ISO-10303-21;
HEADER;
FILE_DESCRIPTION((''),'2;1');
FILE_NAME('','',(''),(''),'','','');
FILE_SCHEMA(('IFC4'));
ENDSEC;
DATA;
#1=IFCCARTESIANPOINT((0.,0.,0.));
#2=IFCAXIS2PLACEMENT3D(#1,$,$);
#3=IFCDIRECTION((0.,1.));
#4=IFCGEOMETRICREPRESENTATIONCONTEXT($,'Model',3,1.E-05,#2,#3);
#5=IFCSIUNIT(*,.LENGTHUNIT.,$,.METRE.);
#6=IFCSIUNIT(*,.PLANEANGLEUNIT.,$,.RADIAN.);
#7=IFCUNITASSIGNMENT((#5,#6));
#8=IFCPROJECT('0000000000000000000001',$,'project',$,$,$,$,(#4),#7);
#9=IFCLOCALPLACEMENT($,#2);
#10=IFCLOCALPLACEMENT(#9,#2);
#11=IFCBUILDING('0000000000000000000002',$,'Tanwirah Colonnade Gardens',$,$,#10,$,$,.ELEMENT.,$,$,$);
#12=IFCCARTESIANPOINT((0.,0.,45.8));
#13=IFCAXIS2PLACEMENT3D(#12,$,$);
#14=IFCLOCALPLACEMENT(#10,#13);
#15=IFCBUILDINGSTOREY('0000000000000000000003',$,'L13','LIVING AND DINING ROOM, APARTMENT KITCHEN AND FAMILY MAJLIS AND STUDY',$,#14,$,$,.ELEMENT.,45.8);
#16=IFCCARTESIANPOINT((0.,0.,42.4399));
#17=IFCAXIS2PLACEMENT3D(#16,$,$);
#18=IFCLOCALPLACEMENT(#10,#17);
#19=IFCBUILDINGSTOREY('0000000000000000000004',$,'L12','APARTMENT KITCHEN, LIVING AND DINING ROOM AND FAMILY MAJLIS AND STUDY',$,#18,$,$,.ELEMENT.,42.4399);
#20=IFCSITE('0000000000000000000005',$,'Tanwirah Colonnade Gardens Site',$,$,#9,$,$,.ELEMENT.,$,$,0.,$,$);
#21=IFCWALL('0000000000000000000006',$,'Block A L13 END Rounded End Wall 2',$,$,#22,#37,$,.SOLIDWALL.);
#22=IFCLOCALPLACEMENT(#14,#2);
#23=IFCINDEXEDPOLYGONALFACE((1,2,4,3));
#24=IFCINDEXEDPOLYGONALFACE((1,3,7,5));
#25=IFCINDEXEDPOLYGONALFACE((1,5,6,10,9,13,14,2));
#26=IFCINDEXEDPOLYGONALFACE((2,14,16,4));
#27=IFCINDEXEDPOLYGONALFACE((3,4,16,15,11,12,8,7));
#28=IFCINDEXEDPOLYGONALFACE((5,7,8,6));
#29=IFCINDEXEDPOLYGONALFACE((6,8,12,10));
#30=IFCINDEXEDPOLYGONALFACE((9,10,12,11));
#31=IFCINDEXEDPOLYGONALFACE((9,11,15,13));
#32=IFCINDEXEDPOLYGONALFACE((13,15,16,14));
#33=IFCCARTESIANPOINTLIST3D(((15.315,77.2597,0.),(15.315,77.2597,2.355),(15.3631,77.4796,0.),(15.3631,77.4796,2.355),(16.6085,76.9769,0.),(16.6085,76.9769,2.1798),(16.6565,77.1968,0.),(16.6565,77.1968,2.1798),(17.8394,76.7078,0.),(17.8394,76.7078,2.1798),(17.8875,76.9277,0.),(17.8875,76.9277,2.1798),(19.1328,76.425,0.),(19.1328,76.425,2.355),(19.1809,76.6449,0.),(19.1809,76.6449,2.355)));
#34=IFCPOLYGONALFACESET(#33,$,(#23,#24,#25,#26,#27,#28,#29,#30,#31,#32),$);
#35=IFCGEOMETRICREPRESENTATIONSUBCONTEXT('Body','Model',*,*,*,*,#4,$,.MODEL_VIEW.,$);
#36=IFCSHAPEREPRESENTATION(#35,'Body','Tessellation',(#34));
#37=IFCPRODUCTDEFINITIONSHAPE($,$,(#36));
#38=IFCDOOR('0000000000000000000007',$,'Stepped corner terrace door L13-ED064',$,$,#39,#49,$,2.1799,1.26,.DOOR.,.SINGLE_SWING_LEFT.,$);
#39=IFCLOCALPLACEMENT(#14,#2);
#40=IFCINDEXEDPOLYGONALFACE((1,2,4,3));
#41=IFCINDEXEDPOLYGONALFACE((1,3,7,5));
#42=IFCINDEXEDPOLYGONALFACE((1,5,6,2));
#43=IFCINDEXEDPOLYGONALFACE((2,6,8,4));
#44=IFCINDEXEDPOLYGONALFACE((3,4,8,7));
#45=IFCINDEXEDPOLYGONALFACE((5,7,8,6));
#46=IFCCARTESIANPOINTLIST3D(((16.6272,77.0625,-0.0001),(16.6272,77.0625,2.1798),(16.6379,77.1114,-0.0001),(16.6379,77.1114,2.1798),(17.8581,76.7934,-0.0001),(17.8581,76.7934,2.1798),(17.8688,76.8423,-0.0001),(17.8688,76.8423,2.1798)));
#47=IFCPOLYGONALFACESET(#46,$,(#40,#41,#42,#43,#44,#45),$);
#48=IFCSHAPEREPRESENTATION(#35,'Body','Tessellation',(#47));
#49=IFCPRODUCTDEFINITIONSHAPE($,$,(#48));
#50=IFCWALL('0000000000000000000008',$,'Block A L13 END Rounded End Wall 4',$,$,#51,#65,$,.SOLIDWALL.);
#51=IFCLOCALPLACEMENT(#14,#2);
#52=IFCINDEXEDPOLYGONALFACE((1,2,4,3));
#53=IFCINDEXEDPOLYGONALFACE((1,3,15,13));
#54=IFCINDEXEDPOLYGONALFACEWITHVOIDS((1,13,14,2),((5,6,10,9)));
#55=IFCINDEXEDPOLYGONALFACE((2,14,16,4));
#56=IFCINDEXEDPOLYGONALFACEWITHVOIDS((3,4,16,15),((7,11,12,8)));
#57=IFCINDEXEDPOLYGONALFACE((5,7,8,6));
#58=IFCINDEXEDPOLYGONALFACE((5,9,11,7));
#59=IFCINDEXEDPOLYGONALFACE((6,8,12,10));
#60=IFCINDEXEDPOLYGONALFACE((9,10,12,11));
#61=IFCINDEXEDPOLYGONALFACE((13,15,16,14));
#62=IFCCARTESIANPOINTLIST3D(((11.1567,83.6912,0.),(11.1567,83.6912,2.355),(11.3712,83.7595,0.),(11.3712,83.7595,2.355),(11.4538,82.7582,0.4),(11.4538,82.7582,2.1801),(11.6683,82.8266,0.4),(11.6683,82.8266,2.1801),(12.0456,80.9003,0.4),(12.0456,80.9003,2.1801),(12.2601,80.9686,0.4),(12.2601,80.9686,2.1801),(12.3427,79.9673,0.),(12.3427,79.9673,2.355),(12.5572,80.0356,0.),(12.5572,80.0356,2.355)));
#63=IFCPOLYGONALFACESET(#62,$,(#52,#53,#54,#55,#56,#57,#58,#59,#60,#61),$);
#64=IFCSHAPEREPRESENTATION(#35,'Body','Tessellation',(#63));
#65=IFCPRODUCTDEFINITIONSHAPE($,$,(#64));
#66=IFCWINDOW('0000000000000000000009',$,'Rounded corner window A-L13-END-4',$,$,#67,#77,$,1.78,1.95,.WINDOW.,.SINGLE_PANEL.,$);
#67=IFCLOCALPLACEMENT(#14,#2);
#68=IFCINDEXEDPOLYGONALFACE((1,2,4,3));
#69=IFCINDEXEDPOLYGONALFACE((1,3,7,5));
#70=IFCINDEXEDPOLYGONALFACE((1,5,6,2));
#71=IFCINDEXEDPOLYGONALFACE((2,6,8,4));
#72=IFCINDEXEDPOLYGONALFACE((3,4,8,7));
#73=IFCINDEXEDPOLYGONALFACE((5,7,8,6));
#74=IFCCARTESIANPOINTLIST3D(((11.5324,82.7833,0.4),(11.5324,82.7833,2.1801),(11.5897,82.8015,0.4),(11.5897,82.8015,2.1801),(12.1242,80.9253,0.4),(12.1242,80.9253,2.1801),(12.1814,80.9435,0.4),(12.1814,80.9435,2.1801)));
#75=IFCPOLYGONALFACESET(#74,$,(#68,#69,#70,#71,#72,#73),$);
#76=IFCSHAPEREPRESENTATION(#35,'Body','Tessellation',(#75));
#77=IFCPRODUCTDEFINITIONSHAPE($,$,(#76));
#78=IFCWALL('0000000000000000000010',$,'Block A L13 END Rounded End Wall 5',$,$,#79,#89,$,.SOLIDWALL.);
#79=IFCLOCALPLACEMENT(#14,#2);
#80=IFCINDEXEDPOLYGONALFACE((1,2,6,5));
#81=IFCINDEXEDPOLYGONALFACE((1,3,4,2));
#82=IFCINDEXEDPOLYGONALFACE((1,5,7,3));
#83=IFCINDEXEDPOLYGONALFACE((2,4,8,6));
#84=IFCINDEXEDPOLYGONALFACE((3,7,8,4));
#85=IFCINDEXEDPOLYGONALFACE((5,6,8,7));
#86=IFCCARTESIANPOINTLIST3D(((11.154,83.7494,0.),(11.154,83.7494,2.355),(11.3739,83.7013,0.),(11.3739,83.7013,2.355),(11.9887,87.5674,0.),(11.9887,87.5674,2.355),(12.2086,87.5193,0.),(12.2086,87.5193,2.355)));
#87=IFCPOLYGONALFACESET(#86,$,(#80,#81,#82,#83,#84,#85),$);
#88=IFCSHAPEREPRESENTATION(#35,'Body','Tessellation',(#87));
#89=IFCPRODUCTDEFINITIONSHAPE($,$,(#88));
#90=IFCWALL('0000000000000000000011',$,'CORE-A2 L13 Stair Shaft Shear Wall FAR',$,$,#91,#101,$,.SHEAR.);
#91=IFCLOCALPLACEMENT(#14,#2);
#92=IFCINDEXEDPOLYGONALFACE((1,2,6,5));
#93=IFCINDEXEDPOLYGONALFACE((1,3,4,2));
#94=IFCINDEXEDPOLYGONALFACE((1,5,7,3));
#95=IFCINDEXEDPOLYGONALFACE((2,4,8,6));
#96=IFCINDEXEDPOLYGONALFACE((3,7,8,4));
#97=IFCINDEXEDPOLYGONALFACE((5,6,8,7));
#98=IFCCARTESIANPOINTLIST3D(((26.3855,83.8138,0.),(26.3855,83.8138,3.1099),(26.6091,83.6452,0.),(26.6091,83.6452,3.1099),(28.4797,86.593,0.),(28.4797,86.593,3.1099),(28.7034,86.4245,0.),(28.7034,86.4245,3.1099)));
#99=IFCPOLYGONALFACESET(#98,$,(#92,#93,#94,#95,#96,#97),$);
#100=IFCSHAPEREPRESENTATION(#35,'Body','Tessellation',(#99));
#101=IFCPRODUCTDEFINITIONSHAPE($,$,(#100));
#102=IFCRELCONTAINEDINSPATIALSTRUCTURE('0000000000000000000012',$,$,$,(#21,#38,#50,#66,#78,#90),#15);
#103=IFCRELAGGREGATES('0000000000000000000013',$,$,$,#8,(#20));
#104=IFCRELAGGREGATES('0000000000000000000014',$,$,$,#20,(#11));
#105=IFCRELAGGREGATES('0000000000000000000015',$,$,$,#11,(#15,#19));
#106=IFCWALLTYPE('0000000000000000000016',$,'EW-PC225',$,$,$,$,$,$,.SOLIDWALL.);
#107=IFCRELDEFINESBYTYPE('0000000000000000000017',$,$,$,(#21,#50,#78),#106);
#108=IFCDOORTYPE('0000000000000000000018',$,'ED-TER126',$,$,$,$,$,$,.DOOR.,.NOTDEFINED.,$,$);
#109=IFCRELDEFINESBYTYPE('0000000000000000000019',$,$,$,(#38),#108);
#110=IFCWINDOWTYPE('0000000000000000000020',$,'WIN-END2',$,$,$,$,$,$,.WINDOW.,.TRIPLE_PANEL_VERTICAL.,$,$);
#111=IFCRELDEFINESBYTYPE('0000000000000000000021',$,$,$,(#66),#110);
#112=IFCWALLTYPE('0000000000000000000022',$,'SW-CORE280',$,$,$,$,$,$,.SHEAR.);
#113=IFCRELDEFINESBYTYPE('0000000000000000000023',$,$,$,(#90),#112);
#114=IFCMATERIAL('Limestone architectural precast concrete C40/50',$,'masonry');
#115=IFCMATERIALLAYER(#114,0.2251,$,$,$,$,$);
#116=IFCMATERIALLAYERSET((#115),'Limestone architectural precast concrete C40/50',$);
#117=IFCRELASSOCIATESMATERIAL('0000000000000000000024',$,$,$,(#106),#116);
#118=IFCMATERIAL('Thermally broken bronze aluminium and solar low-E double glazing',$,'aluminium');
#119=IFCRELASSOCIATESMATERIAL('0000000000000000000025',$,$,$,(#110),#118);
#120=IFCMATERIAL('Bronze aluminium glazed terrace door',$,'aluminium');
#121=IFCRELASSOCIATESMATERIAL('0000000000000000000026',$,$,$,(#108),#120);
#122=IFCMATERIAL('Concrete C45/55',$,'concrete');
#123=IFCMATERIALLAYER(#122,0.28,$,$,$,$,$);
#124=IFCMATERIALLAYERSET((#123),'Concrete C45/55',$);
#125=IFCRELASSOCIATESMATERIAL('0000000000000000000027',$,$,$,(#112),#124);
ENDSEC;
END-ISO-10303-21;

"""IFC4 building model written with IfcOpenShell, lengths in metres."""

from ifc_helpers import new_model, si_unit, direction, frame, frame_2d, origin, place, context, subcontext, project, spatial, rectangle, extrude, material, layer, layer_set, type_object, element, fill, save


model = new_model("IFC4")

# Units and contexts
model_context = context("Model", 3, precision=1e-05, world=origin(), true_north=direction((0.0, 1.0)))
body_context = subcontext(model_context, "Body", "Model", "MODEL_VIEW")
ifc_project = project(units=[si_unit("LENGTHUNIT", "METRE"), si_unit("PLANEANGLEUNIT", "RADIAN")], contexts=[model_context])

# Site, building, storey
site_placement = place(None, origin())
site = spatial("IfcSite", under=ifc_project, at=site_placement, Name="Tanwirah Colonnade Gardens Site", CompositionType="ELEMENT", RefElevation=0.0)
building_placement = place(site_placement, origin())
building = spatial("IfcBuilding", under=site, at=building_placement, Name="Tanwirah Colonnade Gardens", CompositionType="ELEMENT")
storey_1_placement = place(building_placement, frame((0.0, 0.0, 45.8)))
storey_1 = spatial("IfcBuildingStorey", under=building, at=storey_1_placement, Name="L13", Description="LIVING AND DINING ROOM, APARTMENT KITCHEN AND FAMILY MAJLIS AND STUDY", CompositionType="ELEMENT", Elevation=45.8)

# Shared definitions
storey_2_placement = place(building_placement, frame((0.0, 0.0, 42.4399)))
storey_2 = spatial("IfcBuildingStorey", under=building, at=storey_2_placement, Name="L12", Description="APARTMENT KITCHEN, LIVING AND DINING ROOM AND FAMILY MAJLIS AND STUDY", CompositionType="ELEMENT", Elevation=42.4399)

# Shared definitions
ifc_material_1 = material(Name="Thermally broken bronze aluminium and solar low-E double glazing", Category="aluminium")

# Shared definitions
ifc_material_2 = material(Name="Limestone architectural precast concrete C40/50", Category="masonry")
ifc_layer_1 = layer(ifc_material_2, 0.2251)
ifc_layer_set_1 = layer_set([ifc_layer_1], Name="Limestone architectural precast concrete C40/50")
wall_type_1 = type_object("IfcWallType", Name="EW-PC225", PredefinedType="SOLIDWALL", material=ifc_layer_set_1)
window_type_1 = type_object("IfcWindowType", Name="WIN-END2", PartitioningType="TRIPLE_PANEL_VERTICAL", PredefinedType="WINDOW", material=ifc_material_1)

# Wall, opening, door
wall_1_placement = place(storey_1_placement, frame((19.157, 76.5349, 0.0), z_axis=(0.0, 0.0, 1.0), x_axis=(-0.976924, 0.213589, 0.0)))
wall_1 = element("IfcWall", 1, at=wall_1_placement, inside=storey_1, type_object=wall_type_1, Name="Block A L13 END Rounded End Wall 2", PredefinedType="SOLIDWALL", context=body_context, shape_type="SweptSolid", body=[
    extrude(rectangle(XDim=3.908, YDim=0.2251, at=frame_2d((1.9541, 0.0))), origin(), (0.0, 0.0, 1.0), 2.355),
])
opening_1_placement = place(wall_1_placement, frame((1.3242, 0.0, 0.0)))
opening_1 = element("IfcOpeningElement", 2, at=opening_1_placement, cuts=wall_1, PredefinedType="OPENING", context=body_context, shape_type="SweptSolid", body=[
    extrude(rectangle(XDim=1.26, YDim=2.1799, at=frame_2d((0.6299, 1.0898))), frame((0.0, 0.1226, 0.0), z_axis=(0.0, -1.0, 0.0), x_axis=(1.0, 0.0, 0.0)), (0.0, 0.0, 1.0), 0.2451),
])
ifc_material_3 = material(Name="Bronze aluminium glazed terrace door", Category="aluminium")
door_type = type_object("IfcDoorType", Name="ED-TER126", OperationType="NOTDEFINED", PredefinedType="DOOR", material=ifc_material_3)
door_placement = place(opening_1_placement, origin())
door = element("IfcDoor", 3, at=door_placement, inside=storey_1, type_object=door_type, Name="Stepped corner terrace door L13-ED064", OperationType="SINGLE_SWING_LEFT", OverallHeight=2.1799, OverallWidth=1.26, PredefinedType="DOOR", context=body_context, shape_type="SweptSolid", body=[
    extrude(rectangle(XDim=1.26, YDim=2.1799, at=frame_2d((0.6299, 1.0898))), frame((0.0, 0.0249, 0.0), z_axis=(0.0, -1.0, 0.0), x_axis=(1.0, 0.0, 0.0)), (0.0, 0.0, 1.0), 0.05),
])
fill(opening_1, door)

# Wall, opening, window
wall_2_placement = place(storey_1_placement, frame((12.45, 80.0015, 0.0), z_axis=(0.0, 0.0, 1.0), x_axis=(-0.303474, 0.95284, 0.0)))
wall_2 = element("IfcWall", 4, at=wall_2_placement, inside=storey_1, type_object=wall_type_1, Name="Block A L13 END Rounded End Wall 4", PredefinedType="SOLIDWALL", context=body_context, shape_type="SweptSolid", body=[
    extrude(rectangle(XDim=3.9082, YDim=0.2251, at=frame_2d((1.9541, 0.0))), origin(), (0.0, 0.0, 1.0), 2.355),
])
opening_2_placement = place(wall_2_placement, frame((0.979, 0.0, 0.3999)))
opening_2 = element("IfcOpeningElement", 5, at=opening_2_placement, cuts=wall_2, PredefinedType="OPENING", context=body_context, shape_type="SweptSolid", body=[
    extrude(rectangle(XDim=1.95, YDim=1.78, at=frame_2d((0.9751, 0.8901))), frame((0.0, 0.1226, 0.0), z_axis=(0.0, -1.0, 0.0), x_axis=(1.0, 0.0, 0.0)), (0.0, 0.0, 1.0), 0.2451),
])
window_1_placement = place(opening_2_placement, origin())
window_1 = element("IfcWindow", 6, at=window_1_placement, inside=storey_1, type_object=window_type_1, Name="Rounded corner window A-L13-END-4", OverallHeight=1.78, OverallWidth=1.95, PartitioningType="SINGLE_PANEL", PredefinedType="WINDOW", context=body_context, shape_type="SweptSolid", body=[
    extrude(rectangle(XDim=1.95, YDim=1.78, at=frame_2d((0.9751, 0.8901))), frame((0.0, 0.03, 0.0), z_axis=(0.0, -1.0, 0.0), x_axis=(1.0, 0.0, 0.0)), (0.0, 0.0, 1.0), 0.0601),
])
fill(opening_2, window_1)

# Walls
wall_3_placement = place(storey_1_placement, frame((11.2639, 83.7253, 0.0), z_axis=(0.0, 0.0, 1.0), x_axis=(0.213576, 0.976926, 0.0)))
element("IfcWall", 7, at=wall_3_placement, inside=storey_1, type_object=wall_type_1, Name="Block A L13 END Rounded End Wall 5", PredefinedType="SOLIDWALL", context=body_context, shape_type="SweptSolid", body=[
    extrude(rectangle(XDim=3.9082, YDim=0.2251, at=frame_2d((1.9541, 0.0))), origin(), (0.0, 0.0, 1.0), 2.355),
])
ifc_material_4 = material(Name="Concrete C45/55", Category="concrete")
ifc_layer_2 = layer(ifc_material_4, 0.28)
ifc_layer_set_2 = layer_set([ifc_layer_2], Name="Concrete C45/55")
wall_type_2 = type_object("IfcWallType", Name="SW-CORE280", PredefinedType="SHEAR", material=ifc_layer_set_2)
wall_4_placement = place(storey_1_placement, frame((26.4973, 83.7295, 0.0), z_axis=(0.0, 0.0, 1.0), x_axis=(0.601794, 0.798651, 0.0)))
element("IfcWall", 8, at=wall_4_placement, inside=storey_1, type_object=wall_type_2, Name="CORE-A2 L13 Stair Shaft Shear Wall FAR", PredefinedType="SHEAR", context=body_context, shape_type="SweptSolid", body=[
    extrude(rectangle(XDim=3.48, YDim=0.28, at=frame_2d((1.74, 0.0))), origin(), (0.0, 0.0, 1.0), 3.1099),
])

save(model, "model.ifc")
